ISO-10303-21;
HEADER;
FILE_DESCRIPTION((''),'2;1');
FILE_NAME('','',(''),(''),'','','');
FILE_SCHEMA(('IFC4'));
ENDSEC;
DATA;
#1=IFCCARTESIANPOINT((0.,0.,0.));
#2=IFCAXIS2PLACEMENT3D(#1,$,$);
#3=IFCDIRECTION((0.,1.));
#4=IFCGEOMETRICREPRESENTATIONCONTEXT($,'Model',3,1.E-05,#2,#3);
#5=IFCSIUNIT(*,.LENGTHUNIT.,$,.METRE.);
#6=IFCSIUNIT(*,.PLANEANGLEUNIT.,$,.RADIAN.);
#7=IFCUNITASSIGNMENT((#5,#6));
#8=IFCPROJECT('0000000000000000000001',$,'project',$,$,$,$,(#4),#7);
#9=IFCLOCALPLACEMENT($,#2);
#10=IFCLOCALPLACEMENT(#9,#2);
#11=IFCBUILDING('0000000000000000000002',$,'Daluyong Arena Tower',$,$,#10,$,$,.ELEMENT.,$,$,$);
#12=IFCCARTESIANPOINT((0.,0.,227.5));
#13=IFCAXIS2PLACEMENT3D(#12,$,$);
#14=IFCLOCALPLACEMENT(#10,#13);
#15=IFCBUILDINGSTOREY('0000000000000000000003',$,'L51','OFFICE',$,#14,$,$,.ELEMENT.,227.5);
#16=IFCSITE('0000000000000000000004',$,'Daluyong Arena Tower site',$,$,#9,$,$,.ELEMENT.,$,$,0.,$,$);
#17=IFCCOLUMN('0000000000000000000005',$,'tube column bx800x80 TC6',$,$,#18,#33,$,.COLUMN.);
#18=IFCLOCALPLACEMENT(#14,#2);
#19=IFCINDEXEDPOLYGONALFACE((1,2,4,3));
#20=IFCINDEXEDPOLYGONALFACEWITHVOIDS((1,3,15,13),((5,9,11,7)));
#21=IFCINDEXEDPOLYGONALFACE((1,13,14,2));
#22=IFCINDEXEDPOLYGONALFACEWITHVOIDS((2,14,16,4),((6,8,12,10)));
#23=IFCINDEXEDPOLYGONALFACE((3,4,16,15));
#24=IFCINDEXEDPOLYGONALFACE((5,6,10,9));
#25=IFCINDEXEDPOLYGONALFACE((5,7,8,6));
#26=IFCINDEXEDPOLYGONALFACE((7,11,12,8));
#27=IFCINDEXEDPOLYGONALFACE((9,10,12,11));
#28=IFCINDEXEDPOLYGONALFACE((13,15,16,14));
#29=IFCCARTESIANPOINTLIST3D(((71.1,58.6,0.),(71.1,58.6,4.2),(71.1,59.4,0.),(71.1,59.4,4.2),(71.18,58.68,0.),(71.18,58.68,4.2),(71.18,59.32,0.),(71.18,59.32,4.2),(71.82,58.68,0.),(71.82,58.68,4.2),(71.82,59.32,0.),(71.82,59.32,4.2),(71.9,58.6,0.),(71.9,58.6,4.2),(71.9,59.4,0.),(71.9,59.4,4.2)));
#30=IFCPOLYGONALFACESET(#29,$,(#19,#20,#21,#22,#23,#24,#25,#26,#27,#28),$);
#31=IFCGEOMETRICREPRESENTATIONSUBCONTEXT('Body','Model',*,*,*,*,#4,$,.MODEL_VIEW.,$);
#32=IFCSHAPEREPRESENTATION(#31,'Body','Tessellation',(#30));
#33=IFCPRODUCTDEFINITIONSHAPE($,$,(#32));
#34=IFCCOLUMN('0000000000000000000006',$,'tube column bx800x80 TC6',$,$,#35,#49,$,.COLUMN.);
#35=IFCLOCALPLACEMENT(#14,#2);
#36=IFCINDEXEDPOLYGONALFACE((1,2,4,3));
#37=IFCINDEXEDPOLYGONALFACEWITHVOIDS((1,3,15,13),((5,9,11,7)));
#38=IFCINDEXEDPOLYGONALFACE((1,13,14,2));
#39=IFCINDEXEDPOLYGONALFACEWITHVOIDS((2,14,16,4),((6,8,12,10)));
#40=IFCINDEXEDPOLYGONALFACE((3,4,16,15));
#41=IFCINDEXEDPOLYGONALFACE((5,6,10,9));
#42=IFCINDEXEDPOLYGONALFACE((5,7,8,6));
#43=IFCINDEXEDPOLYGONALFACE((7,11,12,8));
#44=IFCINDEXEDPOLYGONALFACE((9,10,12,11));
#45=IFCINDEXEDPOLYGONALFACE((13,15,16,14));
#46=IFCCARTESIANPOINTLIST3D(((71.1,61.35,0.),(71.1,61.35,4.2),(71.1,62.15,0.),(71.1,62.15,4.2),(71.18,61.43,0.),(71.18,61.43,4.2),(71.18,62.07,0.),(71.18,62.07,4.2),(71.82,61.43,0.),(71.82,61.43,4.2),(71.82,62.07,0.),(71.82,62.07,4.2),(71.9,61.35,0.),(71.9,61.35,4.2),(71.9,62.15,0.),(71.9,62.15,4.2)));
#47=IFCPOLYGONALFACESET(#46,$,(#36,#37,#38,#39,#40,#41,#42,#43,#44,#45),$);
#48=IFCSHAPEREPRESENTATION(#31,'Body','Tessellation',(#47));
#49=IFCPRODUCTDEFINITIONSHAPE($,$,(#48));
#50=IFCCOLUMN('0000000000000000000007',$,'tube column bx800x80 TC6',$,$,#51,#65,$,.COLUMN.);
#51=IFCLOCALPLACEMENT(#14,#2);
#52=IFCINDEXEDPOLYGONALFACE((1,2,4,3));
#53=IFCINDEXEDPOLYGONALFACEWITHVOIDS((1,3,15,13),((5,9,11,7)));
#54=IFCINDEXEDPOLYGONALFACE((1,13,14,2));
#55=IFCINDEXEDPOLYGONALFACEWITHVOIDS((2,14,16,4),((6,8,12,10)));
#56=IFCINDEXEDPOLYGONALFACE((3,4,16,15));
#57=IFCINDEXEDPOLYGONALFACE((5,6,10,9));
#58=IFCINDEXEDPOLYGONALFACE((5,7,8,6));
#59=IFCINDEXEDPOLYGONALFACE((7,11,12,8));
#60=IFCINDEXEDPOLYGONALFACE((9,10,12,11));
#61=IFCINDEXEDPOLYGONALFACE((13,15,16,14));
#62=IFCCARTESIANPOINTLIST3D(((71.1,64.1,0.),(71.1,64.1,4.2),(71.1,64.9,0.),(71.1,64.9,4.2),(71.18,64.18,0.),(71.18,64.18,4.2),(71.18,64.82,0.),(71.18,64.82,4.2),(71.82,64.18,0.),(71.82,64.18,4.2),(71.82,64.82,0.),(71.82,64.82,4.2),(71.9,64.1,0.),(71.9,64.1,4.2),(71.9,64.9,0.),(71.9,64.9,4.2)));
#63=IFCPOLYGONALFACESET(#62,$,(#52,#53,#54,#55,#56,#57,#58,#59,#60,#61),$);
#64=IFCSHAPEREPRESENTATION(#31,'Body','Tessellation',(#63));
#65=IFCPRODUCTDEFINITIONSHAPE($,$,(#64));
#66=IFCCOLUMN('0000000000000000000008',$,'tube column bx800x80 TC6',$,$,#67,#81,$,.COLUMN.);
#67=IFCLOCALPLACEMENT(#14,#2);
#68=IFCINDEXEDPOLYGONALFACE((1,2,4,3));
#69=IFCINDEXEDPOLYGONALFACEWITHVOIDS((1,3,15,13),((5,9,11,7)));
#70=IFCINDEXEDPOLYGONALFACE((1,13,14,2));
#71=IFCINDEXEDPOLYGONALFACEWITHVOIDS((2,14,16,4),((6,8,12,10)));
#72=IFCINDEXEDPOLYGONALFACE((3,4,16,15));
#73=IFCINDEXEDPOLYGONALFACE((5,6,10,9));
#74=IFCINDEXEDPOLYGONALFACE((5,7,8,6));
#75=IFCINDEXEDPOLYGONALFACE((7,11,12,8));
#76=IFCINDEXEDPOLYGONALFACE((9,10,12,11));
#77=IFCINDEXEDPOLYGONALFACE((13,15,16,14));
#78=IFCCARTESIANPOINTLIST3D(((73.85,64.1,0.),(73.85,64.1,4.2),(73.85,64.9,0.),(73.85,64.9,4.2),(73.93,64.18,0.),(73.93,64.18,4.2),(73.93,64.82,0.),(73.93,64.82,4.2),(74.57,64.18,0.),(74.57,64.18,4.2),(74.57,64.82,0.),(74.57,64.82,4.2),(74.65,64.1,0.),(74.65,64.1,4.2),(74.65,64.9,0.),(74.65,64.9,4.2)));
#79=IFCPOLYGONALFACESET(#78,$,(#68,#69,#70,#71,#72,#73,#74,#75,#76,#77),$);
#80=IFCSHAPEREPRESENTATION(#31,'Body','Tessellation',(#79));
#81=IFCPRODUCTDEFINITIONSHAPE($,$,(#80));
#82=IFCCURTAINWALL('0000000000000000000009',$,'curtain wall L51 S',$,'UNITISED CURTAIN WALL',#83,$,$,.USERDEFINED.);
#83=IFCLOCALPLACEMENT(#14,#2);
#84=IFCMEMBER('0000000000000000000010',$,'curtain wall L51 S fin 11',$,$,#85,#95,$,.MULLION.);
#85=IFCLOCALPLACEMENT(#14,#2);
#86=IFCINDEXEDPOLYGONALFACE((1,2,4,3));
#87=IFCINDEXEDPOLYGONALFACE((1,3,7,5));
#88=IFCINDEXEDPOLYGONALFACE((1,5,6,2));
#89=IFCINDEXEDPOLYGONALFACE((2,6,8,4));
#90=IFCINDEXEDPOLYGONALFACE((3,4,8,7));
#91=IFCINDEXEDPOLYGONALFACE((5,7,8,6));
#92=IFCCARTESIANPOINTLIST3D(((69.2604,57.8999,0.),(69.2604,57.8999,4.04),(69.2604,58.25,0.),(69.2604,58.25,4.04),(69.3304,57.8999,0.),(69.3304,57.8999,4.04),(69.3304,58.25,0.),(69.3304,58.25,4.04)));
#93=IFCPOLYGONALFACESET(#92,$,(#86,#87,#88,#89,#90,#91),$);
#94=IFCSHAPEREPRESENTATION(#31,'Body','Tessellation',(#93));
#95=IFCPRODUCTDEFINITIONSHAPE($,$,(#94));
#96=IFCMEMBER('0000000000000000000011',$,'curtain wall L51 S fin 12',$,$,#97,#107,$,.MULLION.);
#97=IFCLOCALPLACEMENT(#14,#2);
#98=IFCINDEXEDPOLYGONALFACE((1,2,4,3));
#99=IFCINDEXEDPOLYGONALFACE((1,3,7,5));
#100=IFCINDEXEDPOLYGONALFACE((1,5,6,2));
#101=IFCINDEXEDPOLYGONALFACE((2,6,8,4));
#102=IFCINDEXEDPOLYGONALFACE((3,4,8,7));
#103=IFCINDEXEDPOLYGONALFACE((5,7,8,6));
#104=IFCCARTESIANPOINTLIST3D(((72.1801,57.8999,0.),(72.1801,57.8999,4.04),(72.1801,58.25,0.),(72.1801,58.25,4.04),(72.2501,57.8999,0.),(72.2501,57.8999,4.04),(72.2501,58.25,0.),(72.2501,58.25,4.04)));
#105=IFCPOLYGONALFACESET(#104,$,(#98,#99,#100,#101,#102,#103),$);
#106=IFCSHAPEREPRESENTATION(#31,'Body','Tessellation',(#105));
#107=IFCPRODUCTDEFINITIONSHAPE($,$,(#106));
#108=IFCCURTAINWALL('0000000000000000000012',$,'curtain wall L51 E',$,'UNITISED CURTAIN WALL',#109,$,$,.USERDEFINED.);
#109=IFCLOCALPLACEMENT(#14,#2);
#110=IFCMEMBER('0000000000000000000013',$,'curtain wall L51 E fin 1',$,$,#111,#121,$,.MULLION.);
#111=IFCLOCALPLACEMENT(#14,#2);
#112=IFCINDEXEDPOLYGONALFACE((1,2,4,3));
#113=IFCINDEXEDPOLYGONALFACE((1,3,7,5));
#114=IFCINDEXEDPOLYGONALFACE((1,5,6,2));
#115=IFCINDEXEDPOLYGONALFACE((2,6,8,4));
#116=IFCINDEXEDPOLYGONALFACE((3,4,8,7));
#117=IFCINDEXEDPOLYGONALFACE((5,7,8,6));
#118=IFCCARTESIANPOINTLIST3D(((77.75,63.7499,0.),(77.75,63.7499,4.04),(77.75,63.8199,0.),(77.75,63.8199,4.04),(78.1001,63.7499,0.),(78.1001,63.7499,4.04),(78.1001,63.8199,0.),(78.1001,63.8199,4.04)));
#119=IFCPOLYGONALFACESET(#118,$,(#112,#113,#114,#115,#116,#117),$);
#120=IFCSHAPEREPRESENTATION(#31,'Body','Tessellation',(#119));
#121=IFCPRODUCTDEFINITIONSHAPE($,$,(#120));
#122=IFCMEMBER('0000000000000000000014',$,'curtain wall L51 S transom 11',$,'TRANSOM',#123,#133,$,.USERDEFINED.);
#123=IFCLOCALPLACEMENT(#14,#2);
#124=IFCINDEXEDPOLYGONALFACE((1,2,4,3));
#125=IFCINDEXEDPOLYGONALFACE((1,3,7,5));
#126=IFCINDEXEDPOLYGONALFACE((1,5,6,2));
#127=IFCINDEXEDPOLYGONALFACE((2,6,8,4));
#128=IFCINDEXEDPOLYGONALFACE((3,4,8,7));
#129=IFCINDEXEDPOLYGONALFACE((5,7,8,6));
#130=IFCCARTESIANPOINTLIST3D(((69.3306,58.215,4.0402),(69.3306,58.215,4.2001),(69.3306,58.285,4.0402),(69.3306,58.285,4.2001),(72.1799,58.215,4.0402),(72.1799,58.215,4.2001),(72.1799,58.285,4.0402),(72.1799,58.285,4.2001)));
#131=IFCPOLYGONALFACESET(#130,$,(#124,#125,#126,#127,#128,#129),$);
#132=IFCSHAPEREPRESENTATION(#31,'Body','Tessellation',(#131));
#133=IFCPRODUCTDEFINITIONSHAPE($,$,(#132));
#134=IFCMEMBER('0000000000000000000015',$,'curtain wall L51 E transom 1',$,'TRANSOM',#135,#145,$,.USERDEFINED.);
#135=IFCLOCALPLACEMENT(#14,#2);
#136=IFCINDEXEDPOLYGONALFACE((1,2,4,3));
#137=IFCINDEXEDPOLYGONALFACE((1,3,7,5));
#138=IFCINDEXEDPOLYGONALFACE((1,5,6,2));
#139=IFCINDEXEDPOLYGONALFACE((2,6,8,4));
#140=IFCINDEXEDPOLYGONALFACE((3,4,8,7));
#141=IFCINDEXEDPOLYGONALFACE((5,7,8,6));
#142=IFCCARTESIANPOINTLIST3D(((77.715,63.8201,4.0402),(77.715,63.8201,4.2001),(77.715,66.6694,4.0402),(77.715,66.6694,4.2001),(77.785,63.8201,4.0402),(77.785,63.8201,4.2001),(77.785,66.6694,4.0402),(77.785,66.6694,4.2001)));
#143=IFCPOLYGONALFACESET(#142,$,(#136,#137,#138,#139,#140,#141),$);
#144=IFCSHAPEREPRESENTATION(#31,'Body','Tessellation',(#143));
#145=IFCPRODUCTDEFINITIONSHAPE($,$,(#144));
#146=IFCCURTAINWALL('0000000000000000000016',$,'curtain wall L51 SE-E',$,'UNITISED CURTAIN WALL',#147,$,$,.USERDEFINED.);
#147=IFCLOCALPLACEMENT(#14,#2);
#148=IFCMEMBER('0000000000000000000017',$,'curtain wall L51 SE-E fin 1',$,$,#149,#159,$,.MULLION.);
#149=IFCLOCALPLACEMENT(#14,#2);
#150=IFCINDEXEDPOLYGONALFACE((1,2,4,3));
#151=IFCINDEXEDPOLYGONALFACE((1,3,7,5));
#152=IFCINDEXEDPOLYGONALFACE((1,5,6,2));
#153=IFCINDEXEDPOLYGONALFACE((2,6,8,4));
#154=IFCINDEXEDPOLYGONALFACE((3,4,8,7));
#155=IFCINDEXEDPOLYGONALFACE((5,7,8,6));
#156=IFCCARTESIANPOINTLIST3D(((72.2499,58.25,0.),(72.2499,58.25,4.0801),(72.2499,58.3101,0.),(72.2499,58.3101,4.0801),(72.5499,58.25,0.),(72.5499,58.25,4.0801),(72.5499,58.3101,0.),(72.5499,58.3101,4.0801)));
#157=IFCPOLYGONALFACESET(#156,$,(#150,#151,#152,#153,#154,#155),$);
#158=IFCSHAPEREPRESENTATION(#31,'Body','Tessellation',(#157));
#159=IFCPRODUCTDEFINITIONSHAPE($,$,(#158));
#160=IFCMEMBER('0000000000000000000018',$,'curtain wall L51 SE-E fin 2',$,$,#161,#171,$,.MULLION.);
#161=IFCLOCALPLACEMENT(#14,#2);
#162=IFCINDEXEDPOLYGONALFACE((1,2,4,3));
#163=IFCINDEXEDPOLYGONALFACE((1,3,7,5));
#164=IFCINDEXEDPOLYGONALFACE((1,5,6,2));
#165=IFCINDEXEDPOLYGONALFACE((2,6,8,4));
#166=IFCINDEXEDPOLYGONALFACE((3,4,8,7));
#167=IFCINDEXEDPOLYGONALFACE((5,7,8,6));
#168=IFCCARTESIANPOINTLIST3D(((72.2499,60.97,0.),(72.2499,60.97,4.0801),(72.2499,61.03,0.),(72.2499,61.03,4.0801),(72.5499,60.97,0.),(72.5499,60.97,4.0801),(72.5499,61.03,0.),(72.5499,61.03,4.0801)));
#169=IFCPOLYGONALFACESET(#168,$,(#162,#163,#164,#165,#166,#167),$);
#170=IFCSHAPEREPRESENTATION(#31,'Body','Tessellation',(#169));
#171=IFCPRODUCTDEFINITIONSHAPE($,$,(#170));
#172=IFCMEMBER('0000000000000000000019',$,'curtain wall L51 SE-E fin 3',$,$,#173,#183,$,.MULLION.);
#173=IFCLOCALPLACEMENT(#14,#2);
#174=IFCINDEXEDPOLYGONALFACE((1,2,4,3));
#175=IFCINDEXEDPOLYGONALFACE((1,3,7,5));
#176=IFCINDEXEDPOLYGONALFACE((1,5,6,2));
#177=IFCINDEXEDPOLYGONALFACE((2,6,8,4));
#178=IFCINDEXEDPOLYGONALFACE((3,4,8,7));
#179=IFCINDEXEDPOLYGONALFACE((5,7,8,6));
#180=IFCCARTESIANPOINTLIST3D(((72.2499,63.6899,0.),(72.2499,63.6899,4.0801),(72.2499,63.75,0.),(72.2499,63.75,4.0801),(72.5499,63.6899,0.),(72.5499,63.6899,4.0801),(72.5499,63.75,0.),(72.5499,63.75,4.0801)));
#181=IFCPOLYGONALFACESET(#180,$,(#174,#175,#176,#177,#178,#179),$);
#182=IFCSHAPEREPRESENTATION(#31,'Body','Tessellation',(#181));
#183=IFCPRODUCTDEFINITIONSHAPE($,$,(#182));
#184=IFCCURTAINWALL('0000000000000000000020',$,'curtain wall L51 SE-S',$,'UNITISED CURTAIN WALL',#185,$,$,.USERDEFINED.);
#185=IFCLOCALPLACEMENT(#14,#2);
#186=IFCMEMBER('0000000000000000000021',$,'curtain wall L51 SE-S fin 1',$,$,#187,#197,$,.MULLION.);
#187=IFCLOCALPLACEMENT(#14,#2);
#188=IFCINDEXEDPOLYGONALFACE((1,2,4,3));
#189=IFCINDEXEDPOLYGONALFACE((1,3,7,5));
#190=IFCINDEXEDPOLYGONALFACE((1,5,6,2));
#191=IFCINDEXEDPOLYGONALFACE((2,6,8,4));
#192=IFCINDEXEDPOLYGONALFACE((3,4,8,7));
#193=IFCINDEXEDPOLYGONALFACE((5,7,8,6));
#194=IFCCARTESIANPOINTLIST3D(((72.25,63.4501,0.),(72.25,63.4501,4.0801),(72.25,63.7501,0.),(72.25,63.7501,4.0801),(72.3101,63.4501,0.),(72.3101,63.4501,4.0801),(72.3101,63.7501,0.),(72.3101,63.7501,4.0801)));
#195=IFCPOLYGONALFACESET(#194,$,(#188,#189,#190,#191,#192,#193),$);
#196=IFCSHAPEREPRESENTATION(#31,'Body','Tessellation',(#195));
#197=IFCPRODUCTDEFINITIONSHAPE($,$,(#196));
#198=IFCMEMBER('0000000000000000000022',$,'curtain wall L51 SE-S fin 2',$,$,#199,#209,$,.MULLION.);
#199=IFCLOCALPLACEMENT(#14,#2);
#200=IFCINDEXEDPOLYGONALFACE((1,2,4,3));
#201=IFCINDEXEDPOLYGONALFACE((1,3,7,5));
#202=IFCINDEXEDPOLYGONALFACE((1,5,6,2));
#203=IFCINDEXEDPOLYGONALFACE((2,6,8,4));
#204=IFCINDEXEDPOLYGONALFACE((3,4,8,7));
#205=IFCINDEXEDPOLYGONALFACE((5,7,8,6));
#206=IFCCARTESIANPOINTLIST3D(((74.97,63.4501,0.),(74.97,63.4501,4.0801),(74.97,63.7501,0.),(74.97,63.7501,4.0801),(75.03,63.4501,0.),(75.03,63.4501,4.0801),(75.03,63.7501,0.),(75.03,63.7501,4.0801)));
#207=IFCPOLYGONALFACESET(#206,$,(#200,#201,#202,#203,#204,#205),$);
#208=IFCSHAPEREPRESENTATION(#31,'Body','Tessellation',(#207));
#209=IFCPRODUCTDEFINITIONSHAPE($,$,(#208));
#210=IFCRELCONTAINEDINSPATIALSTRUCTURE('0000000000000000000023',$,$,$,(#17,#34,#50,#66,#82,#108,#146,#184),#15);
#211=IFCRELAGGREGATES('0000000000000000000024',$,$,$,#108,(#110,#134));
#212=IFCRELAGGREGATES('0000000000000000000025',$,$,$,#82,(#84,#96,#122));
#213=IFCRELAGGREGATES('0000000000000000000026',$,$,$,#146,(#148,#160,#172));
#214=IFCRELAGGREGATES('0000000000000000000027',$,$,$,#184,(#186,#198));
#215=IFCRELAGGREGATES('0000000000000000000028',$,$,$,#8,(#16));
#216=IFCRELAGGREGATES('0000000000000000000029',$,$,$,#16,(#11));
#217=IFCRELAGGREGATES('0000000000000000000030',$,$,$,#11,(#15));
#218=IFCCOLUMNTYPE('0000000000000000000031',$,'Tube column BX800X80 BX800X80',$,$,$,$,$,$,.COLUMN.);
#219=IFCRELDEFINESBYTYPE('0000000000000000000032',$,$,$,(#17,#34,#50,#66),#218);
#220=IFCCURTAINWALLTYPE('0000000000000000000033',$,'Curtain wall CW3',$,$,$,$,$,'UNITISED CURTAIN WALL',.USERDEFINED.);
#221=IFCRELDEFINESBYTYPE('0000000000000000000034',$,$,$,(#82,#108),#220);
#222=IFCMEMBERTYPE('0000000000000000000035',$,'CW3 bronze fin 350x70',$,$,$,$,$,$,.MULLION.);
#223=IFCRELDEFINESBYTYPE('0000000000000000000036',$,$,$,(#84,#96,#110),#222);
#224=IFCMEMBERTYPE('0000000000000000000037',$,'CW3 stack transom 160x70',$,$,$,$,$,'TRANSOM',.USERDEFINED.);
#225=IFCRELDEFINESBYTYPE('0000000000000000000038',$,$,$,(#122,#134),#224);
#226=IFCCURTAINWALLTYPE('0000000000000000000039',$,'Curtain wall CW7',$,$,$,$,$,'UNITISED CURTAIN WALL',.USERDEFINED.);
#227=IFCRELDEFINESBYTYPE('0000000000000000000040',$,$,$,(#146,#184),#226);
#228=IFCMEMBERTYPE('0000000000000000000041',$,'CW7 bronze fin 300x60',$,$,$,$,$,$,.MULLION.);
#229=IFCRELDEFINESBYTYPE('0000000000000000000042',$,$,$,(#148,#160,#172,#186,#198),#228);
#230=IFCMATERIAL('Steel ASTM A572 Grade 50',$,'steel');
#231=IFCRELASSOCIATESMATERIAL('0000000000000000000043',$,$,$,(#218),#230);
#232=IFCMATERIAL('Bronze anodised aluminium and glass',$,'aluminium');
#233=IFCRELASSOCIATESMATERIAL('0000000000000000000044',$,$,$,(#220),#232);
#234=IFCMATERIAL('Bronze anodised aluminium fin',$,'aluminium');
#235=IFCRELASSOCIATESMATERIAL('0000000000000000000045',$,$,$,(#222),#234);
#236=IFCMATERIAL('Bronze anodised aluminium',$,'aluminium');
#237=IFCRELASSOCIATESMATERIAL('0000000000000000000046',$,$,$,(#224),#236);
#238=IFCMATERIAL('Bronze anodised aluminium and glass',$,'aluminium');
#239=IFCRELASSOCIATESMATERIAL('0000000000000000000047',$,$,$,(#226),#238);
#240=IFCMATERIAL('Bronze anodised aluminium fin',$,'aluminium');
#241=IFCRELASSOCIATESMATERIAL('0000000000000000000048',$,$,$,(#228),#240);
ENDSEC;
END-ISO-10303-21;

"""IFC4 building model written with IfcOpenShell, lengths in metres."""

from ifc_helpers import new_model, si_unit, direction, frame, origin, origin_2d, place, context, subcontext, project, spatial, rectangle, hollow_rectangle, extrude, material, material_profile, profile_set, type_object, element, aggregate, save


model = new_model("IFC4")

# Units and contexts
model_context = context("Model", 3, precision=1e-05, world=origin(), true_north=direction((0.0, 1.0)))
body_context = subcontext(model_context, "Body", "Model", "MODEL_VIEW")
ifc_project = project(units=[si_unit("LENGTHUNIT", "METRE"), si_unit("PLANEANGLEUNIT", "RADIAN")], contexts=[model_context])

# Site, building, storey
site_placement = place(None, origin())
site = spatial("IfcSite", under=ifc_project, at=site_placement, Name="Daluyong Arena Tower site", CompositionType="ELEMENT", RefElevation=0.0)
building_placement = place(site_placement, origin())
building = spatial("IfcBuilding", under=site, at=building_placement, Name="Daluyong Arena Tower", CompositionType="ELEMENT")
storey_placement = place(building_placement, frame((0.0, 0.0, 227.5)))
storey = spatial("IfcBuildingStorey", under=building, at=storey_placement, Name="L51", Description="OFFICE", CompositionType="ELEMENT", Elevation=227.5)

# Columns
ifc_material_1 = material(Name="Steel ASTM A572 Grade 50", Category="steel")
ifc_material_profile_1 = material_profile(ifc_material_1, hollow_rectangle(XDim=0.8, YDim=0.8, WallThickness=0.08, at=origin_2d()))
ifc_profile_set_1 = profile_set([ifc_material_profile_1], Name="Steel ASTM A572 Grade 50")
column_type = type_object("IfcColumnType", Name="Tube column BX800X80 BX800X80", PredefinedType="COLUMN", material=ifc_profile_set_1)
for number, where, z_axis, x_axis, name in (
    (1, (71.5, 59.0, 0.0), (0.0, 0.0, 1.0), (0.0, 1.0, 0.0), "tube column bx800x80 TC6"),
    (2, (71.5, 61.75, 0.0), (0.0, 0.0, 1.0), (0.0, 1.0, 0.0), "tube column bx800x80 TC6"),
    (3, (71.5, 64.5, 0.0), (0.0, 0.0, 1.0), (1.0, 0.0, 0.0), "tube column bx800x80 TC6"),
    (4, (74.25, 64.5, 0.0), (0.0, 0.0, 1.0), (1.0, 0.0, 0.0), "tube column bx800x80 TC6"),
):
    element("IfcColumn", number, at=place(storey_placement, frame(where, z_axis=z_axis, x_axis=x_axis)), inside=storey, type_object=column_type, Name=name, PredefinedType="COLUMN", context=body_context, shape_type="SweptSolid", body=[
        extrude(hollow_rectangle(XDim=0.8, YDim=0.8, WallThickness=0.08, at=origin_2d()), origin(), (0.0, 0.0, 1.0), 4.2),
    ])

# Curtain wall, members
ifc_material_2 = material(Name="Bronze anodised aluminium and glass", Category="aluminium")
curtain_wall_type_1 = type_object("IfcCurtainWallType", Name="Curtain wall CW3", ElementType="UNITISED CURTAIN WALL", PredefinedType="USERDEFINED", material=ifc_material_2)
curtain_wall_1_placement = place(storey_placement, origin())
curtain_wall_1 = element("IfcCurtainWall", 5, at=curtain_wall_1_placement, inside=storey, type_object=curtain_wall_type_1, Name="curtain wall L51 S", ObjectType="UNITISED CURTAIN WALL", PredefinedType="USERDEFINED")
ifc_material_3 = material(Name="Bronze anodised aluminium fin", Category="aluminium")
ifc_material_profile_2 = material_profile(ifc_material_3, rectangle(XDim=0.3501, YDim=0.0701, at=origin_2d()))
ifc_profile_set_2 = profile_set([ifc_material_profile_2], Name="Bronze anodised aluminium fin")
member_type_1 = type_object("IfcMemberType", Name="CW3 bronze fin 350x70", PredefinedType="MULLION", material=ifc_profile_set_2)
member_1_placement = place(storey_placement, frame((69.2954, 58.075, 0.0), z_axis=(0.0, 0.0, 1.0), x_axis=(0.0, 1.0, 0.0)))
member_1 = element("IfcMember", 6, at=member_1_placement, type_object=member_type_1, Name="curtain wall L51 S fin 11", PredefinedType="MULLION", context=body_context, shape_type="SweptSolid", body=[
    extrude(rectangle(XDim=0.3501, YDim=0.0701, at=origin_2d()), origin(), (0.0, 0.0, 1.0), 4.04),
])
member_2_placement = place(storey_placement, frame((72.2151, 58.075, 0.0), z_axis=(0.0, 0.0, 1.0), x_axis=(0.0, 1.0, 0.0)))
member_2 = element("IfcMember", 7, at=member_2_placement, type_object=member_type_1, Name="curtain wall L51 S fin 12", PredefinedType="MULLION", context=body_context, shape_type="SweptSolid", body=[
    extrude(rectangle(XDim=0.3501, YDim=0.0701, at=origin_2d()), origin(), (0.0, 0.0, 1.0), 4.04),
])

# Curtain wall, member
curtain_wall_2_placement = place(storey_placement, origin())
curtain_wall_2 = element("IfcCurtainWall", 8, at=curtain_wall_2_placement, inside=storey, type_object=curtain_wall_type_1, Name="curtain wall L51 E", ObjectType="UNITISED CURTAIN WALL", PredefinedType="USERDEFINED")
member_3_placement = place(storey_placement, frame((77.925, 63.7849, 0.0), z_axis=(0.0, 0.0, 1.0), x_axis=(-1.0, 0.0, 0.0)))
member_3 = element("IfcMember", 9, at=member_3_placement, type_object=member_type_1, Name="curtain wall L51 E fin 1", PredefinedType="MULLION", context=body_context, shape_type="SweptSolid", body=[
    extrude(rectangle(XDim=0.3501, YDim=0.0701, at=origin_2d()), origin(), (0.0, 0.0, 1.0), 4.04),
])

# Members
ifc_material_4 = material(Name="Bronze anodised aluminium", Category="aluminium")
ifc_material_profile_3 = material_profile(ifc_material_4, rectangle(XDim=0.0701, YDim=0.1599, at=origin_2d()))
ifc_profile_set_3 = profile_set([ifc_material_profile_3], Name="Bronze anodised aluminium")
member_type_2 = type_object("IfcMemberType", Name="CW3 stack transom 160x70", ElementType="TRANSOM", PredefinedType="USERDEFINED", material=ifc_profile_set_3)
member_4_placement = place(storey_placement, frame((69.3306, 58.25, 4.1201), z_axis=(1.0, 0.0, 0.0), x_axis=(0.0, 1.0, 0.0)))
member_4 = element("IfcMember", 10, at=member_4_placement, type_object=member_type_2, Name="curtain wall L51 S transom 11", ObjectType="TRANSOM", PredefinedType="USERDEFINED", context=body_context, shape_type="SweptSolid", body=[
    extrude(rectangle(XDim=0.0701, YDim=0.1599, at=origin_2d()), origin(), (0.0, 0.0, 1.0), 2.8494),
])
member_5_placement = place(storey_placement, frame((77.75, 63.8201, 4.1201), z_axis=(0.0, 1.0, 0.0), x_axis=(-1.0, 0.0, 0.0)))
member_5 = element("IfcMember", 11, at=member_5_placement, type_object=member_type_2, Name="curtain wall L51 E transom 1", ObjectType="TRANSOM", PredefinedType="USERDEFINED", context=body_context, shape_type="SweptSolid", body=[
    extrude(rectangle(XDim=0.0701, YDim=0.1599, at=origin_2d()), origin(), (0.0, 0.0, 1.0), 2.8494),
])
aggregate(curtain_wall_2, [member_3, member_5])

# Curtain walls, members
ifc_material_5 = material(Name="Bronze anodised aluminium and glass", Category="aluminium")
curtain_wall_type_2 = type_object("IfcCurtainWallType", Name="Curtain wall CW7", ElementType="UNITISED CURTAIN WALL", PredefinedType="USERDEFINED", material=ifc_material_5)
curtain_wall_3_placement = place(storey_placement, origin())
curtain_wall_3 = element("IfcCurtainWall", 12, at=curtain_wall_3_placement, inside=storey, type_object=curtain_wall_type_2, Name="curtain wall L51 SE-E", ObjectType="UNITISED CURTAIN WALL", PredefinedType="USERDEFINED")
ifc_material_6 = material(Name="Bronze anodised aluminium fin", Category="aluminium")
ifc_material_profile_4 = material_profile(ifc_material_6, rectangle(XDim=0.3, YDim=0.0601, at=origin_2d()))
ifc_profile_set_4 = profile_set([ifc_material_profile_4], Name="Bronze anodised aluminium fin")
member_type_3 = type_object("IfcMemberType", Name="CW7 bronze fin 300x60", PredefinedType="MULLION", material=ifc_profile_set_4)
member_6_placement = place(storey_placement, frame((72.3999, 58.28, 0.0), z_axis=(0.0, 0.0, 1.0), x_axis=(-1.0, 0.0, 0.0)))
member_6 = element("IfcMember", 13, at=member_6_placement, type_object=member_type_3, Name="curtain wall L51 SE-E fin 1", PredefinedType="MULLION", context=body_context, shape_type="SweptSolid", body=[
    extrude(rectangle(XDim=0.3, YDim=0.0601, at=origin_2d()), origin(), (0.0, 0.0, 1.0), 4.0801),
])
member_7_placement = place(storey_placement, frame((72.3999, 61.0, 0.0), z_axis=(0.0, 0.0, 1.0), x_axis=(-1.0, 0.0, 0.0)))
member_7 = element("IfcMember", 14, at=member_7_placement, type_object=member_type_3, Name="curtain wall L51 SE-E fin 2", PredefinedType="MULLION", context=body_context, shape_type="SweptSolid", body=[
    extrude(rectangle(XDim=0.3, YDim=0.0601, at=origin_2d()), origin(), (0.0, 0.0, 1.0), 4.0801),
])
member_8_placement = place(storey_placement, frame((72.3999, 63.72, 0.0), z_axis=(0.0, 0.0, 1.0), x_axis=(-1.0, 0.0, 0.0)))
member_8 = element("IfcMember", 15, at=member_8_placement, type_object=member_type_3, Name="curtain wall L51 SE-E fin 3", PredefinedType="MULLION", context=body_context, shape_type="SweptSolid", body=[
    extrude(rectangle(XDim=0.3, YDim=0.0601, at=origin_2d()), origin(), (0.0, 0.0, 1.0), 4.0801),
])
curtain_wall_4_placement = place(storey_placement, origin())
curtain_wall_4 = element("IfcCurtainWall", 16, at=curtain_wall_4_placement, inside=storey, type_object=curtain_wall_type_2, Name="curtain wall L51 SE-S", ObjectType="UNITISED CURTAIN WALL", PredefinedType="USERDEFINED")
member_9_placement = place(storey_placement, frame((72.28, 63.6001, 0.0), z_axis=(0.0, 0.0, 1.0), x_axis=(0.0, 1.0, 0.0)))
member_9 = element("IfcMember", 17, at=member_9_placement, type_object=member_type_3, Name="curtain wall L51 SE-S fin 1", PredefinedType="MULLION", context=body_context, shape_type="SweptSolid", body=[
    extrude(rectangle(XDim=0.3, YDim=0.0601, at=origin_2d()), origin(), (0.0, 0.0, 1.0), 4.0801),
])
member_10_placement = place(storey_placement, frame((75.0, 63.6001, 0.0), z_axis=(0.0, 0.0, 1.0), x_axis=(0.0, 1.0, 0.0)))
member_10 = element("IfcMember", 18, at=member_10_placement, type_object=member_type_3, Name="curtain wall L51 SE-S fin 2", PredefinedType="MULLION", context=body_context, shape_type="SweptSolid", body=[
    extrude(rectangle(XDim=0.3, YDim=0.0601, at=origin_2d()), origin(), (0.0, 0.0, 1.0), 4.0801),
])

aggregate(curtain_wall_1, [member_1, member_2, member_4])
aggregate(curtain_wall_3, [member_6, member_7, member_8])
aggregate(curtain_wall_4, [member_9, member_10])

save(model, "model.ifc")
